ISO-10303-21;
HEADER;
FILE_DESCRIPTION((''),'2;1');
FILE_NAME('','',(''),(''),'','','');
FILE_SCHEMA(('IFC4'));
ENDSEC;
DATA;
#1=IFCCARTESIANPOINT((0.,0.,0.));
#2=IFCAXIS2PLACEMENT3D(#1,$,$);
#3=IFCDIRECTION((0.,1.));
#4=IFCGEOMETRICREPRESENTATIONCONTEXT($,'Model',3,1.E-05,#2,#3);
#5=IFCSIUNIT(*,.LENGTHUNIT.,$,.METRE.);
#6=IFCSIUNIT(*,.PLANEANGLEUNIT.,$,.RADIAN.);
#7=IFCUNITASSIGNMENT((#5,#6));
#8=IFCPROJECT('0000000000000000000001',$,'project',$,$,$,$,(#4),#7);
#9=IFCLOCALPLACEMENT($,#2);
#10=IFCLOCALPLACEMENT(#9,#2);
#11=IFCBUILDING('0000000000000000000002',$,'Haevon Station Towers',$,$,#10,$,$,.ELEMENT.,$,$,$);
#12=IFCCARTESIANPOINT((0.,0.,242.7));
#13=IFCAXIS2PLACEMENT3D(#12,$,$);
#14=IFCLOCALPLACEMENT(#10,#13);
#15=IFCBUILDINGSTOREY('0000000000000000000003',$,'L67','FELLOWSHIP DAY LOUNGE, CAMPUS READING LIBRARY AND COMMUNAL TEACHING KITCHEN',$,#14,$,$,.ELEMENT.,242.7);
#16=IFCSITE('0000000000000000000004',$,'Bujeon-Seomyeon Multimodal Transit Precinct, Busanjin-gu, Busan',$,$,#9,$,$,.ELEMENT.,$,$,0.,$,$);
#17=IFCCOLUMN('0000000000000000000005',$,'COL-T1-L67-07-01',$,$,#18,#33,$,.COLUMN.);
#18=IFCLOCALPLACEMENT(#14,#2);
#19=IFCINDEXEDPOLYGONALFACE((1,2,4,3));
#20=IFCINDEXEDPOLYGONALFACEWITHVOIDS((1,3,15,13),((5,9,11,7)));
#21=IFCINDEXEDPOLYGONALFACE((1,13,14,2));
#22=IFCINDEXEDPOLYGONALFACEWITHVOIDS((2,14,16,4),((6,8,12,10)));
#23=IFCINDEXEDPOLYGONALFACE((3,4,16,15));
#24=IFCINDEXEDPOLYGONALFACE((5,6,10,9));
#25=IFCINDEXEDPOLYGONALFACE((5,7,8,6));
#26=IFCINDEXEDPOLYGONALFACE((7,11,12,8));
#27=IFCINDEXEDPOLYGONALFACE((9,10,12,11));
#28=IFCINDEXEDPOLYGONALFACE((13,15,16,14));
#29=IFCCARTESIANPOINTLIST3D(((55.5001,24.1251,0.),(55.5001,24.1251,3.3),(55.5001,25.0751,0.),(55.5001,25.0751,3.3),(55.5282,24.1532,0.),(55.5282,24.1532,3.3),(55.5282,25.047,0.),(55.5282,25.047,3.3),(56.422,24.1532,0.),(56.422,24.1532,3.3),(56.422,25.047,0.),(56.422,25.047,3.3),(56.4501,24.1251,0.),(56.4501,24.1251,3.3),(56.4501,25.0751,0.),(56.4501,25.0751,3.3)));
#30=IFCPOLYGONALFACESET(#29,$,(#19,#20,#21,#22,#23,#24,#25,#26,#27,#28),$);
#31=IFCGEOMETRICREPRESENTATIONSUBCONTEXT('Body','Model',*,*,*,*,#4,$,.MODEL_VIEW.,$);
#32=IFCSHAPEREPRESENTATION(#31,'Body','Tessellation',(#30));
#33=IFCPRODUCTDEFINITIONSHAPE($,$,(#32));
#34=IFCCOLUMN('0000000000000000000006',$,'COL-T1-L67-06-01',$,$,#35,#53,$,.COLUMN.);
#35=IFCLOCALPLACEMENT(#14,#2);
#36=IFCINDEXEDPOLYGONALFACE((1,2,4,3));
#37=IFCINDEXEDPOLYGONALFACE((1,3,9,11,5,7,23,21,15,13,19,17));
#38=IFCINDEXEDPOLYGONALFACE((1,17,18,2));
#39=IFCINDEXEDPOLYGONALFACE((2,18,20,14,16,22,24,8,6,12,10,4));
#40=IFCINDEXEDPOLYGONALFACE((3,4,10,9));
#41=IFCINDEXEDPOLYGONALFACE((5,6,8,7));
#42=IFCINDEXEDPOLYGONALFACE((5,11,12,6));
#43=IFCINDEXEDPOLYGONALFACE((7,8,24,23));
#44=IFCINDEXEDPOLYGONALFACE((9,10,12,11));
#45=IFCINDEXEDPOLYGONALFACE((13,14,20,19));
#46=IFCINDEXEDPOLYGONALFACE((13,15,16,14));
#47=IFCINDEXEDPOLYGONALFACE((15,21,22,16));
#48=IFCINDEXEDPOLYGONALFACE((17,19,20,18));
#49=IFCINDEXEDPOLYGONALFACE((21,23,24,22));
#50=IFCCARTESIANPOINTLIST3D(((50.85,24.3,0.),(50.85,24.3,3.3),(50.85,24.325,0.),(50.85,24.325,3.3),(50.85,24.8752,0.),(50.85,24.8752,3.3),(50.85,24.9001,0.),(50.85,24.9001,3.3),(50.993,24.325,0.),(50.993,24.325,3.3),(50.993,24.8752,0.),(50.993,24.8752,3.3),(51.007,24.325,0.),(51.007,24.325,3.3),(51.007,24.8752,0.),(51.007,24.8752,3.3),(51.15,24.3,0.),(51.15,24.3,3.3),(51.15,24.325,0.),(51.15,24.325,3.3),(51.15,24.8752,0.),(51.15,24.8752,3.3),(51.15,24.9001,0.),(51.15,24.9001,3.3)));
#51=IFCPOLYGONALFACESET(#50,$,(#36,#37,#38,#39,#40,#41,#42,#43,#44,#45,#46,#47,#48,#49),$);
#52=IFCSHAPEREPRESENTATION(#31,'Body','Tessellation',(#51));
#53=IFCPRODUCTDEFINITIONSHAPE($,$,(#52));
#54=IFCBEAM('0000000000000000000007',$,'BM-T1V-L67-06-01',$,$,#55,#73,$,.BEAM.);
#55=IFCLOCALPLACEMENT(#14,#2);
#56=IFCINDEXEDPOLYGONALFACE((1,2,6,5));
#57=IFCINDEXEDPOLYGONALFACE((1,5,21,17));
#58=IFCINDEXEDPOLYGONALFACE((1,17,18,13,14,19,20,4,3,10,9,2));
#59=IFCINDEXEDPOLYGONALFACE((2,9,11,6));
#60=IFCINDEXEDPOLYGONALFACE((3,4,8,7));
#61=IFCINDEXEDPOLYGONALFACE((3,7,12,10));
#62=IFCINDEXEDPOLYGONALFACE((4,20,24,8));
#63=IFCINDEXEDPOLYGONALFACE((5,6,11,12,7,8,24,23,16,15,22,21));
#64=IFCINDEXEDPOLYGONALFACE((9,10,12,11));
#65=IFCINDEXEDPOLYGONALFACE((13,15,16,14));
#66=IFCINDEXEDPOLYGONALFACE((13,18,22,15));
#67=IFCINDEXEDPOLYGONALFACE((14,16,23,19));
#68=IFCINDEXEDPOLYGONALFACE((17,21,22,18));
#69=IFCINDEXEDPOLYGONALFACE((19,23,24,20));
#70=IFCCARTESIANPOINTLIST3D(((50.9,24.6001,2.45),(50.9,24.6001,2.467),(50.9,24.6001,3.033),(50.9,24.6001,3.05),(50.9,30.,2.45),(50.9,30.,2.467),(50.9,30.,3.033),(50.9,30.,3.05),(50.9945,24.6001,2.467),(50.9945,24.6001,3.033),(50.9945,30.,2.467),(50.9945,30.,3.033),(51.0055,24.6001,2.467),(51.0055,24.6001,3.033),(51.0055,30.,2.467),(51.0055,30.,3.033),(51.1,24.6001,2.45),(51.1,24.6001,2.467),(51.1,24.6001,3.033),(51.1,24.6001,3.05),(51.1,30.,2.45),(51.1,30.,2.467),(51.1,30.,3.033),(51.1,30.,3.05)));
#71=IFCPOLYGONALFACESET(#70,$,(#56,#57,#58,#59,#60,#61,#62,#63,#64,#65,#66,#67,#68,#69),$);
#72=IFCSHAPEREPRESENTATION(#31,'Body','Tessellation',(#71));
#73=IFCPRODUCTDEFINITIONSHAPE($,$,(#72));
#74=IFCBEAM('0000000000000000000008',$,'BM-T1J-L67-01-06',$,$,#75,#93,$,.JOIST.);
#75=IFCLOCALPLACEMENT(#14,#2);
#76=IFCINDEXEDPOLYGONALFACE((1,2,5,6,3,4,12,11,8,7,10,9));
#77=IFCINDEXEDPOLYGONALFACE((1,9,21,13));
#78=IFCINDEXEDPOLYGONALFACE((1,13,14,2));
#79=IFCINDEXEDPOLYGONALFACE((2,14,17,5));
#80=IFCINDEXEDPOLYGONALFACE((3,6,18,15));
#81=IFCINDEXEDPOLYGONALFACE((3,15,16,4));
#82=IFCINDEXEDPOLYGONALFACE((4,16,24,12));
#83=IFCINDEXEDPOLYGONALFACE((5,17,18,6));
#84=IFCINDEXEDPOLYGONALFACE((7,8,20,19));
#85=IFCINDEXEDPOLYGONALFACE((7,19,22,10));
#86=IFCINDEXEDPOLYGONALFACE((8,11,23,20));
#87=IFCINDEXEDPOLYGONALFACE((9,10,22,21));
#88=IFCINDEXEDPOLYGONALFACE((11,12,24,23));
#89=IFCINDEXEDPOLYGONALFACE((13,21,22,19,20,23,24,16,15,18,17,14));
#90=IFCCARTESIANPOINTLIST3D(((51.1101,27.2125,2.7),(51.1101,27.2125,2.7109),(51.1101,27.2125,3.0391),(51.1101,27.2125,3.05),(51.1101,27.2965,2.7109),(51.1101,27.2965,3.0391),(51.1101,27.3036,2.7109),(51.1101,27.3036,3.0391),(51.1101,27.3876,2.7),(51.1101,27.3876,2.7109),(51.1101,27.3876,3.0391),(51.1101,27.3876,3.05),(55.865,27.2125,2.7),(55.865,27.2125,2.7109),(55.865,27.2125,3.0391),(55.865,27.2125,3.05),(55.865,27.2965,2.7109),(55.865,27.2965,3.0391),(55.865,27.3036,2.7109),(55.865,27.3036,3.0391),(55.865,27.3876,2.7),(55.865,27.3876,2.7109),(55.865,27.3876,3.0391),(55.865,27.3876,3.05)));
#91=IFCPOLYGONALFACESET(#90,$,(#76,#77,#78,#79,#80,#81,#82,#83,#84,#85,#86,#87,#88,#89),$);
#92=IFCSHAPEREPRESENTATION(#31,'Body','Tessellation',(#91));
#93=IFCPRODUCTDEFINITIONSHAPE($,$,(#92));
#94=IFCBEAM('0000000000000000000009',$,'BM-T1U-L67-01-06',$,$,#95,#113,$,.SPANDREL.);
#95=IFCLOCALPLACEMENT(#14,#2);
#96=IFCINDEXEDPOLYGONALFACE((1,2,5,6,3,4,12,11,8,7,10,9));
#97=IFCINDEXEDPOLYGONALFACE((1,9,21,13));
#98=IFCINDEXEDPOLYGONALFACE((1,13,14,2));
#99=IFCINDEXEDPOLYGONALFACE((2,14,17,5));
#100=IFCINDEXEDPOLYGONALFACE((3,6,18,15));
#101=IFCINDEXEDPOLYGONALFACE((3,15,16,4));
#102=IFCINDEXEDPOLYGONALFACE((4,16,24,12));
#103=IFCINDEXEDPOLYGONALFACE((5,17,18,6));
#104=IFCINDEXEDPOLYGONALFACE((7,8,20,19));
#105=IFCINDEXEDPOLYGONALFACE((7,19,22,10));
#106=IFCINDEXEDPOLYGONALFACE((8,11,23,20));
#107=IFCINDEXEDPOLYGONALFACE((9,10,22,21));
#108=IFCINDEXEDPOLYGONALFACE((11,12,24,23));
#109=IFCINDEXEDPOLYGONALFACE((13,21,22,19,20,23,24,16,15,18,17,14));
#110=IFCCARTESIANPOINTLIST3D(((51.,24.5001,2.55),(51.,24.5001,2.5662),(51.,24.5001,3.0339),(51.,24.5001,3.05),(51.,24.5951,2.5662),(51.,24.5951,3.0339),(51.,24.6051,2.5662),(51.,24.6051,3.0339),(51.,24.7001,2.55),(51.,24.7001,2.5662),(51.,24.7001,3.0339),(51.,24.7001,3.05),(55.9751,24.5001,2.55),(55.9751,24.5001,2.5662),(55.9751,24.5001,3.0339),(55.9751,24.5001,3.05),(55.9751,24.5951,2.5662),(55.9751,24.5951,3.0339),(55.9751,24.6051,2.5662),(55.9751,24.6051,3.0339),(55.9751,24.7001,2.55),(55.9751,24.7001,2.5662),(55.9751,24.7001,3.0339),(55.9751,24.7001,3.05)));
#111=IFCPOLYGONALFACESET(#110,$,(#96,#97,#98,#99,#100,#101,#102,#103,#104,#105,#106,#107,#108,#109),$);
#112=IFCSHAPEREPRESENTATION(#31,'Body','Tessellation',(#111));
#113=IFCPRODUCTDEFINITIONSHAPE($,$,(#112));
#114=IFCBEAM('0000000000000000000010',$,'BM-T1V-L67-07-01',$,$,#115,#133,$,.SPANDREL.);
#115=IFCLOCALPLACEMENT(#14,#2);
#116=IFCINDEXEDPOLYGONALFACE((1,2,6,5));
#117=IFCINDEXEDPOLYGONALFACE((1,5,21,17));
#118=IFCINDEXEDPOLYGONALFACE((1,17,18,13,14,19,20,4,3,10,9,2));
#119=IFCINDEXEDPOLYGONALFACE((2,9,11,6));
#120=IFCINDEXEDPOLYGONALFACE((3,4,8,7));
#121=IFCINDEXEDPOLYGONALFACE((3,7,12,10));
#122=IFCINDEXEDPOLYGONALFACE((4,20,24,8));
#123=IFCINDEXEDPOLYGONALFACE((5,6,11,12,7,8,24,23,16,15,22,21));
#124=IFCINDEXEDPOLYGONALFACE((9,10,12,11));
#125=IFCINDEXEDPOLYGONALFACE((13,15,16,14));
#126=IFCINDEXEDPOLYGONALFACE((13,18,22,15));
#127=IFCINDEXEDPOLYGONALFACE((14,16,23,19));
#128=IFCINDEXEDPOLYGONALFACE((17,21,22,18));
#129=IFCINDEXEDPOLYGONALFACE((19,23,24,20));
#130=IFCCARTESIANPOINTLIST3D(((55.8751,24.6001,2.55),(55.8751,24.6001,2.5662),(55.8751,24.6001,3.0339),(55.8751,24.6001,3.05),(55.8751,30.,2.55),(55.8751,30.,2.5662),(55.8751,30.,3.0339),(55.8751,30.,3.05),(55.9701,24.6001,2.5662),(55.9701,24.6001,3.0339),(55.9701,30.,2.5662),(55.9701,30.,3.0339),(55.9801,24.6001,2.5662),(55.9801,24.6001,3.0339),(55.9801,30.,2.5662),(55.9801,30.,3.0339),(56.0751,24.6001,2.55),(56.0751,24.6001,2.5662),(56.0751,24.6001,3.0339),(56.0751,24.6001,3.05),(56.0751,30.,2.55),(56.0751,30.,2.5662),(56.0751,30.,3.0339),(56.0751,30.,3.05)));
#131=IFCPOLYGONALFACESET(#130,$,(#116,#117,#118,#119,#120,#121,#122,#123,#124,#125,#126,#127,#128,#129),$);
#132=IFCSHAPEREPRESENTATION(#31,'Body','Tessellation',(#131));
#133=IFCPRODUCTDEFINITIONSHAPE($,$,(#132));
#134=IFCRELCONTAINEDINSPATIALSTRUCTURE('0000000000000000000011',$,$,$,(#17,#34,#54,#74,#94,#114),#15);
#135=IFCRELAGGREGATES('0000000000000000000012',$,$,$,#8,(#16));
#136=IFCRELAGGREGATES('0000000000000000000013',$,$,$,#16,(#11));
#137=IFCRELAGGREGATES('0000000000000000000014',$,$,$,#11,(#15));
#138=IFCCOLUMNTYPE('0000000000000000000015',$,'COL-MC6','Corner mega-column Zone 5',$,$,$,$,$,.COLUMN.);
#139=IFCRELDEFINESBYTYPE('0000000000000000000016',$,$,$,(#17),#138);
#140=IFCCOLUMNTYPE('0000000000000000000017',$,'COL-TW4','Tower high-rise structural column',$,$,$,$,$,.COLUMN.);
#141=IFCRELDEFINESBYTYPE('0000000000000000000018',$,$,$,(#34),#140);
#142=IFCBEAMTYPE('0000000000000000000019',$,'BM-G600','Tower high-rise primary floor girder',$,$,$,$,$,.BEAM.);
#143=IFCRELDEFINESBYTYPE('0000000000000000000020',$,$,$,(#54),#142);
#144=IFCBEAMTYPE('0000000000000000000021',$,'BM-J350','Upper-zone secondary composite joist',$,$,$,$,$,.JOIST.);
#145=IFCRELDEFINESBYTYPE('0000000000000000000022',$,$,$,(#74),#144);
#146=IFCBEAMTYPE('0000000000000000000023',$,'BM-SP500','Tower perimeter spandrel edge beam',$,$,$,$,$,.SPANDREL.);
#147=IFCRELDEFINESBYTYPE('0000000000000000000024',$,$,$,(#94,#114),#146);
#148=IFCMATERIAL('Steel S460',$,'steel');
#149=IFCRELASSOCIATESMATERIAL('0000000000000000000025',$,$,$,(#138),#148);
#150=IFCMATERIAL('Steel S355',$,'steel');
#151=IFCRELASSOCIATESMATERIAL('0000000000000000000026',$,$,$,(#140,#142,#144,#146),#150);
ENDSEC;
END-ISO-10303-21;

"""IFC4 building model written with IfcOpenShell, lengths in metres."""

from ifc_helpers import new_model, si_unit, direction, frame, origin, origin_2d, place, context, subcontext, project, spatial, hollow_rectangle, i_section, extrude, material, material_profile, profile_set, type_object, element, save


model = new_model("IFC4")

# Units and contexts
model_context = context("Model", 3, precision=1e-05, world=origin(), true_north=direction((0.0, 1.0)))
body_context = subcontext(model_context, "Body", "Model", "MODEL_VIEW")
ifc_project = project(units=[si_unit("LENGTHUNIT", "METRE"), si_unit("PLANEANGLEUNIT", "RADIAN")], contexts=[model_context])

# Site, building, storey
site_placement = place(None, origin())
site = spatial("IfcSite", under=ifc_project, at=site_placement, Name="Bujeon-Seomyeon Multimodal Transit Precinct, Busanjin-gu, Busan", CompositionType="ELEMENT", RefElevation=0.0)
building_placement = place(site_placement, origin())
building = spatial("IfcBuilding", under=site, at=building_placement, Name="Haevon Station Towers", CompositionType="ELEMENT")
storey_placement = place(building_placement, frame((0.0, 0.0, 242.7)))
storey = spatial("IfcBuildingStorey", under=building, at=storey_placement, Name="L67", Description="FELLOWSHIP DAY LOUNGE, CAMPUS READING LIBRARY AND COMMUNAL TEACHING KITCHEN", CompositionType="ELEMENT", Elevation=242.7)

# Columns
ifc_material_1 = material(Name="Steel S460", Category="steel")
ifc_material_profile_1 = material_profile(ifc_material_1, hollow_rectangle(XDim=0.95, YDim=0.95, WallThickness=0.0281, at=origin_2d()), Name="BOX-950x950x28")
ifc_profile_set_1 = profile_set([ifc_material_profile_1], Name="Steel S460")
column_type_1 = type_object("IfcColumnType", Name="COL-MC6", Description="Corner mega-column Zone 5", PredefinedType="COLUMN", material=ifc_profile_set_1)
column_1_placement = place(storey_placement, frame((55.9751, 24.6001, 0.0), z_axis=(0.0, 0.0, 1.0), x_axis=(1.0, 0.0, 0.0)))
element("IfcColumn", 1, at=column_1_placement, inside=storey, type_object=column_type_1, Name="COL-T1-L67-07-01", PredefinedType="COLUMN", context=body_context, shape_type="SweptSolid", body=[
    extrude(hollow_rectangle(XDim=0.95, YDim=0.95, WallThickness=0.0281, at=origin_2d()), origin(), (0.0, 0.0, 1.0), 3.3),
])
ifc_material_2 = material(Name="Steel S355", Category="steel")
ifc_material_profile_2 = material_profile(ifc_material_2, i_section(OverallWidth=0.3, OverallDepth=0.6001, WebThickness=0.0139, FlangeThickness=0.0249, at=origin_2d()), Name="H-600x300x14x25")
ifc_profile_set_2 = profile_set([ifc_material_profile_2], Name="Steel S355")
column_type_2 = type_object("IfcColumnType", Name="COL-TW4", Description="Tower high-rise structural column", PredefinedType="COLUMN", material=ifc_profile_set_2)
column_2_placement = place(storey_placement, frame((51.0, 24.6001, 0.0), z_axis=(0.0, 0.0, 1.0), x_axis=(1.0, 0.0, 0.0)))
element("IfcColumn", 2, at=column_2_placement, inside=storey, type_object=column_type_2, Name="COL-T1-L67-06-01", PredefinedType="COLUMN", context=body_context, shape_type="SweptSolid", body=[
    extrude(i_section(OverallWidth=0.3, OverallDepth=0.6001, WebThickness=0.0139, FlangeThickness=0.0249, at=origin_2d()), origin(), (0.0, 0.0, 1.0), 3.3),
])

# Beams
ifc_material_profile_3 = material_profile(ifc_material_2, i_section(OverallWidth=0.2, OverallDepth=0.6001, WebThickness=0.011, FlangeThickness=0.0171, at=origin_2d()), Name="H-600x200x11x17")
ifc_profile_set_3 = profile_set([ifc_material_profile_3], Name="Steel S355")
beam_type_1 = type_object("IfcBeamType", Name="BM-G600", Description="Tower high-rise primary floor girder", PredefinedType="BEAM", material=ifc_profile_set_3)
beam_1_placement = place(storey_placement, frame((51.0, 24.6001, 2.75), z_axis=(0.0, 1.0, 0.0), x_axis=(-1.0, 0.0, 0.0)))
element("IfcBeam", 3, at=beam_1_placement, inside=storey, type_object=beam_type_1, Name="BM-T1V-L67-06-01", PredefinedType="BEAM", context=body_context, shape_type="SweptSolid", body=[
    extrude(i_section(OverallWidth=0.2, OverallDepth=0.6001, WebThickness=0.011, FlangeThickness=0.0171, at=origin_2d()), origin(), (0.0, 0.0, 1.0), 5.3999),
])
ifc_material_profile_4 = material_profile(ifc_material_2, i_section(OverallWidth=0.175, OverallDepth=0.3501, WebThickness=0.0071, FlangeThickness=0.011, at=origin_2d()), Name="H-350x175x7x11")
ifc_profile_set_4 = profile_set([ifc_material_profile_4], Name="Steel S355")
beam_type_2 = type_object("IfcBeamType", Name="BM-J350", Description="Upper-zone secondary composite joist", PredefinedType="JOIST", material=ifc_profile_set_4)
beam_2_placement = place(storey_placement, frame((51.1101, 27.3, 2.875), z_axis=(1.0, 0.0, 0.0), x_axis=(0.0, 1.0, 0.0)))
element("IfcBeam", 4, at=beam_2_placement, inside=storey, type_object=beam_type_2, Name="BM-T1J-L67-01-06", PredefinedType="JOIST", context=body_context, shape_type="SweptSolid", body=[
    extrude(i_section(OverallWidth=0.175, OverallDepth=0.3501, WebThickness=0.0071, FlangeThickness=0.011, at=origin_2d()), origin(), (0.0, 0.0, 1.0), 4.7549),
])
ifc_material_profile_5 = material_profile(ifc_material_2, i_section(OverallWidth=0.2, OverallDepth=0.5, WebThickness=0.01, FlangeThickness=0.0161, at=origin_2d()), Name="H-500x200x10x16")
ifc_profile_set_5 = profile_set([ifc_material_profile_5], Name="Steel S355")
beam_type_3 = type_object("IfcBeamType", Name="BM-SP500", Description="Tower perimeter spandrel edge beam", PredefinedType="SPANDREL", material=ifc_profile_set_5)
beam_3_placement = place(storey_placement, frame((51.0, 24.6001, 2.8), z_axis=(1.0, 0.0, 0.0), x_axis=(0.0, 1.0, 0.0)))
element("IfcBeam", 5, at=beam_3_placement, inside=storey, type_object=beam_type_3, Name="BM-T1U-L67-01-06", PredefinedType="SPANDREL", context=body_context, shape_type="SweptSolid", body=[
    extrude(i_section(OverallWidth=0.2, OverallDepth=0.5, WebThickness=0.01, FlangeThickness=0.0161, at=origin_2d()), origin(), (0.0, 0.0, 1.0), 4.9751),
])
beam_4_placement = place(storey_placement, frame((55.9751, 24.6001, 2.8), z_axis=(0.0, 1.0, 0.0), x_axis=(-1.0, 0.0, 0.0)))
element("IfcBeam", 6, at=beam_4_placement, inside=storey, type_object=beam_type_3, Name="BM-T1V-L67-07-01", PredefinedType="SPANDREL", context=body_context, shape_type="SweptSolid", body=[
    extrude(i_section(OverallWidth=0.2, OverallDepth=0.5, WebThickness=0.01, FlangeThickness=0.0161, at=origin_2d()), origin(), (0.0, 0.0, 1.0), 5.3999),
])

save(model, "model.ifc")
